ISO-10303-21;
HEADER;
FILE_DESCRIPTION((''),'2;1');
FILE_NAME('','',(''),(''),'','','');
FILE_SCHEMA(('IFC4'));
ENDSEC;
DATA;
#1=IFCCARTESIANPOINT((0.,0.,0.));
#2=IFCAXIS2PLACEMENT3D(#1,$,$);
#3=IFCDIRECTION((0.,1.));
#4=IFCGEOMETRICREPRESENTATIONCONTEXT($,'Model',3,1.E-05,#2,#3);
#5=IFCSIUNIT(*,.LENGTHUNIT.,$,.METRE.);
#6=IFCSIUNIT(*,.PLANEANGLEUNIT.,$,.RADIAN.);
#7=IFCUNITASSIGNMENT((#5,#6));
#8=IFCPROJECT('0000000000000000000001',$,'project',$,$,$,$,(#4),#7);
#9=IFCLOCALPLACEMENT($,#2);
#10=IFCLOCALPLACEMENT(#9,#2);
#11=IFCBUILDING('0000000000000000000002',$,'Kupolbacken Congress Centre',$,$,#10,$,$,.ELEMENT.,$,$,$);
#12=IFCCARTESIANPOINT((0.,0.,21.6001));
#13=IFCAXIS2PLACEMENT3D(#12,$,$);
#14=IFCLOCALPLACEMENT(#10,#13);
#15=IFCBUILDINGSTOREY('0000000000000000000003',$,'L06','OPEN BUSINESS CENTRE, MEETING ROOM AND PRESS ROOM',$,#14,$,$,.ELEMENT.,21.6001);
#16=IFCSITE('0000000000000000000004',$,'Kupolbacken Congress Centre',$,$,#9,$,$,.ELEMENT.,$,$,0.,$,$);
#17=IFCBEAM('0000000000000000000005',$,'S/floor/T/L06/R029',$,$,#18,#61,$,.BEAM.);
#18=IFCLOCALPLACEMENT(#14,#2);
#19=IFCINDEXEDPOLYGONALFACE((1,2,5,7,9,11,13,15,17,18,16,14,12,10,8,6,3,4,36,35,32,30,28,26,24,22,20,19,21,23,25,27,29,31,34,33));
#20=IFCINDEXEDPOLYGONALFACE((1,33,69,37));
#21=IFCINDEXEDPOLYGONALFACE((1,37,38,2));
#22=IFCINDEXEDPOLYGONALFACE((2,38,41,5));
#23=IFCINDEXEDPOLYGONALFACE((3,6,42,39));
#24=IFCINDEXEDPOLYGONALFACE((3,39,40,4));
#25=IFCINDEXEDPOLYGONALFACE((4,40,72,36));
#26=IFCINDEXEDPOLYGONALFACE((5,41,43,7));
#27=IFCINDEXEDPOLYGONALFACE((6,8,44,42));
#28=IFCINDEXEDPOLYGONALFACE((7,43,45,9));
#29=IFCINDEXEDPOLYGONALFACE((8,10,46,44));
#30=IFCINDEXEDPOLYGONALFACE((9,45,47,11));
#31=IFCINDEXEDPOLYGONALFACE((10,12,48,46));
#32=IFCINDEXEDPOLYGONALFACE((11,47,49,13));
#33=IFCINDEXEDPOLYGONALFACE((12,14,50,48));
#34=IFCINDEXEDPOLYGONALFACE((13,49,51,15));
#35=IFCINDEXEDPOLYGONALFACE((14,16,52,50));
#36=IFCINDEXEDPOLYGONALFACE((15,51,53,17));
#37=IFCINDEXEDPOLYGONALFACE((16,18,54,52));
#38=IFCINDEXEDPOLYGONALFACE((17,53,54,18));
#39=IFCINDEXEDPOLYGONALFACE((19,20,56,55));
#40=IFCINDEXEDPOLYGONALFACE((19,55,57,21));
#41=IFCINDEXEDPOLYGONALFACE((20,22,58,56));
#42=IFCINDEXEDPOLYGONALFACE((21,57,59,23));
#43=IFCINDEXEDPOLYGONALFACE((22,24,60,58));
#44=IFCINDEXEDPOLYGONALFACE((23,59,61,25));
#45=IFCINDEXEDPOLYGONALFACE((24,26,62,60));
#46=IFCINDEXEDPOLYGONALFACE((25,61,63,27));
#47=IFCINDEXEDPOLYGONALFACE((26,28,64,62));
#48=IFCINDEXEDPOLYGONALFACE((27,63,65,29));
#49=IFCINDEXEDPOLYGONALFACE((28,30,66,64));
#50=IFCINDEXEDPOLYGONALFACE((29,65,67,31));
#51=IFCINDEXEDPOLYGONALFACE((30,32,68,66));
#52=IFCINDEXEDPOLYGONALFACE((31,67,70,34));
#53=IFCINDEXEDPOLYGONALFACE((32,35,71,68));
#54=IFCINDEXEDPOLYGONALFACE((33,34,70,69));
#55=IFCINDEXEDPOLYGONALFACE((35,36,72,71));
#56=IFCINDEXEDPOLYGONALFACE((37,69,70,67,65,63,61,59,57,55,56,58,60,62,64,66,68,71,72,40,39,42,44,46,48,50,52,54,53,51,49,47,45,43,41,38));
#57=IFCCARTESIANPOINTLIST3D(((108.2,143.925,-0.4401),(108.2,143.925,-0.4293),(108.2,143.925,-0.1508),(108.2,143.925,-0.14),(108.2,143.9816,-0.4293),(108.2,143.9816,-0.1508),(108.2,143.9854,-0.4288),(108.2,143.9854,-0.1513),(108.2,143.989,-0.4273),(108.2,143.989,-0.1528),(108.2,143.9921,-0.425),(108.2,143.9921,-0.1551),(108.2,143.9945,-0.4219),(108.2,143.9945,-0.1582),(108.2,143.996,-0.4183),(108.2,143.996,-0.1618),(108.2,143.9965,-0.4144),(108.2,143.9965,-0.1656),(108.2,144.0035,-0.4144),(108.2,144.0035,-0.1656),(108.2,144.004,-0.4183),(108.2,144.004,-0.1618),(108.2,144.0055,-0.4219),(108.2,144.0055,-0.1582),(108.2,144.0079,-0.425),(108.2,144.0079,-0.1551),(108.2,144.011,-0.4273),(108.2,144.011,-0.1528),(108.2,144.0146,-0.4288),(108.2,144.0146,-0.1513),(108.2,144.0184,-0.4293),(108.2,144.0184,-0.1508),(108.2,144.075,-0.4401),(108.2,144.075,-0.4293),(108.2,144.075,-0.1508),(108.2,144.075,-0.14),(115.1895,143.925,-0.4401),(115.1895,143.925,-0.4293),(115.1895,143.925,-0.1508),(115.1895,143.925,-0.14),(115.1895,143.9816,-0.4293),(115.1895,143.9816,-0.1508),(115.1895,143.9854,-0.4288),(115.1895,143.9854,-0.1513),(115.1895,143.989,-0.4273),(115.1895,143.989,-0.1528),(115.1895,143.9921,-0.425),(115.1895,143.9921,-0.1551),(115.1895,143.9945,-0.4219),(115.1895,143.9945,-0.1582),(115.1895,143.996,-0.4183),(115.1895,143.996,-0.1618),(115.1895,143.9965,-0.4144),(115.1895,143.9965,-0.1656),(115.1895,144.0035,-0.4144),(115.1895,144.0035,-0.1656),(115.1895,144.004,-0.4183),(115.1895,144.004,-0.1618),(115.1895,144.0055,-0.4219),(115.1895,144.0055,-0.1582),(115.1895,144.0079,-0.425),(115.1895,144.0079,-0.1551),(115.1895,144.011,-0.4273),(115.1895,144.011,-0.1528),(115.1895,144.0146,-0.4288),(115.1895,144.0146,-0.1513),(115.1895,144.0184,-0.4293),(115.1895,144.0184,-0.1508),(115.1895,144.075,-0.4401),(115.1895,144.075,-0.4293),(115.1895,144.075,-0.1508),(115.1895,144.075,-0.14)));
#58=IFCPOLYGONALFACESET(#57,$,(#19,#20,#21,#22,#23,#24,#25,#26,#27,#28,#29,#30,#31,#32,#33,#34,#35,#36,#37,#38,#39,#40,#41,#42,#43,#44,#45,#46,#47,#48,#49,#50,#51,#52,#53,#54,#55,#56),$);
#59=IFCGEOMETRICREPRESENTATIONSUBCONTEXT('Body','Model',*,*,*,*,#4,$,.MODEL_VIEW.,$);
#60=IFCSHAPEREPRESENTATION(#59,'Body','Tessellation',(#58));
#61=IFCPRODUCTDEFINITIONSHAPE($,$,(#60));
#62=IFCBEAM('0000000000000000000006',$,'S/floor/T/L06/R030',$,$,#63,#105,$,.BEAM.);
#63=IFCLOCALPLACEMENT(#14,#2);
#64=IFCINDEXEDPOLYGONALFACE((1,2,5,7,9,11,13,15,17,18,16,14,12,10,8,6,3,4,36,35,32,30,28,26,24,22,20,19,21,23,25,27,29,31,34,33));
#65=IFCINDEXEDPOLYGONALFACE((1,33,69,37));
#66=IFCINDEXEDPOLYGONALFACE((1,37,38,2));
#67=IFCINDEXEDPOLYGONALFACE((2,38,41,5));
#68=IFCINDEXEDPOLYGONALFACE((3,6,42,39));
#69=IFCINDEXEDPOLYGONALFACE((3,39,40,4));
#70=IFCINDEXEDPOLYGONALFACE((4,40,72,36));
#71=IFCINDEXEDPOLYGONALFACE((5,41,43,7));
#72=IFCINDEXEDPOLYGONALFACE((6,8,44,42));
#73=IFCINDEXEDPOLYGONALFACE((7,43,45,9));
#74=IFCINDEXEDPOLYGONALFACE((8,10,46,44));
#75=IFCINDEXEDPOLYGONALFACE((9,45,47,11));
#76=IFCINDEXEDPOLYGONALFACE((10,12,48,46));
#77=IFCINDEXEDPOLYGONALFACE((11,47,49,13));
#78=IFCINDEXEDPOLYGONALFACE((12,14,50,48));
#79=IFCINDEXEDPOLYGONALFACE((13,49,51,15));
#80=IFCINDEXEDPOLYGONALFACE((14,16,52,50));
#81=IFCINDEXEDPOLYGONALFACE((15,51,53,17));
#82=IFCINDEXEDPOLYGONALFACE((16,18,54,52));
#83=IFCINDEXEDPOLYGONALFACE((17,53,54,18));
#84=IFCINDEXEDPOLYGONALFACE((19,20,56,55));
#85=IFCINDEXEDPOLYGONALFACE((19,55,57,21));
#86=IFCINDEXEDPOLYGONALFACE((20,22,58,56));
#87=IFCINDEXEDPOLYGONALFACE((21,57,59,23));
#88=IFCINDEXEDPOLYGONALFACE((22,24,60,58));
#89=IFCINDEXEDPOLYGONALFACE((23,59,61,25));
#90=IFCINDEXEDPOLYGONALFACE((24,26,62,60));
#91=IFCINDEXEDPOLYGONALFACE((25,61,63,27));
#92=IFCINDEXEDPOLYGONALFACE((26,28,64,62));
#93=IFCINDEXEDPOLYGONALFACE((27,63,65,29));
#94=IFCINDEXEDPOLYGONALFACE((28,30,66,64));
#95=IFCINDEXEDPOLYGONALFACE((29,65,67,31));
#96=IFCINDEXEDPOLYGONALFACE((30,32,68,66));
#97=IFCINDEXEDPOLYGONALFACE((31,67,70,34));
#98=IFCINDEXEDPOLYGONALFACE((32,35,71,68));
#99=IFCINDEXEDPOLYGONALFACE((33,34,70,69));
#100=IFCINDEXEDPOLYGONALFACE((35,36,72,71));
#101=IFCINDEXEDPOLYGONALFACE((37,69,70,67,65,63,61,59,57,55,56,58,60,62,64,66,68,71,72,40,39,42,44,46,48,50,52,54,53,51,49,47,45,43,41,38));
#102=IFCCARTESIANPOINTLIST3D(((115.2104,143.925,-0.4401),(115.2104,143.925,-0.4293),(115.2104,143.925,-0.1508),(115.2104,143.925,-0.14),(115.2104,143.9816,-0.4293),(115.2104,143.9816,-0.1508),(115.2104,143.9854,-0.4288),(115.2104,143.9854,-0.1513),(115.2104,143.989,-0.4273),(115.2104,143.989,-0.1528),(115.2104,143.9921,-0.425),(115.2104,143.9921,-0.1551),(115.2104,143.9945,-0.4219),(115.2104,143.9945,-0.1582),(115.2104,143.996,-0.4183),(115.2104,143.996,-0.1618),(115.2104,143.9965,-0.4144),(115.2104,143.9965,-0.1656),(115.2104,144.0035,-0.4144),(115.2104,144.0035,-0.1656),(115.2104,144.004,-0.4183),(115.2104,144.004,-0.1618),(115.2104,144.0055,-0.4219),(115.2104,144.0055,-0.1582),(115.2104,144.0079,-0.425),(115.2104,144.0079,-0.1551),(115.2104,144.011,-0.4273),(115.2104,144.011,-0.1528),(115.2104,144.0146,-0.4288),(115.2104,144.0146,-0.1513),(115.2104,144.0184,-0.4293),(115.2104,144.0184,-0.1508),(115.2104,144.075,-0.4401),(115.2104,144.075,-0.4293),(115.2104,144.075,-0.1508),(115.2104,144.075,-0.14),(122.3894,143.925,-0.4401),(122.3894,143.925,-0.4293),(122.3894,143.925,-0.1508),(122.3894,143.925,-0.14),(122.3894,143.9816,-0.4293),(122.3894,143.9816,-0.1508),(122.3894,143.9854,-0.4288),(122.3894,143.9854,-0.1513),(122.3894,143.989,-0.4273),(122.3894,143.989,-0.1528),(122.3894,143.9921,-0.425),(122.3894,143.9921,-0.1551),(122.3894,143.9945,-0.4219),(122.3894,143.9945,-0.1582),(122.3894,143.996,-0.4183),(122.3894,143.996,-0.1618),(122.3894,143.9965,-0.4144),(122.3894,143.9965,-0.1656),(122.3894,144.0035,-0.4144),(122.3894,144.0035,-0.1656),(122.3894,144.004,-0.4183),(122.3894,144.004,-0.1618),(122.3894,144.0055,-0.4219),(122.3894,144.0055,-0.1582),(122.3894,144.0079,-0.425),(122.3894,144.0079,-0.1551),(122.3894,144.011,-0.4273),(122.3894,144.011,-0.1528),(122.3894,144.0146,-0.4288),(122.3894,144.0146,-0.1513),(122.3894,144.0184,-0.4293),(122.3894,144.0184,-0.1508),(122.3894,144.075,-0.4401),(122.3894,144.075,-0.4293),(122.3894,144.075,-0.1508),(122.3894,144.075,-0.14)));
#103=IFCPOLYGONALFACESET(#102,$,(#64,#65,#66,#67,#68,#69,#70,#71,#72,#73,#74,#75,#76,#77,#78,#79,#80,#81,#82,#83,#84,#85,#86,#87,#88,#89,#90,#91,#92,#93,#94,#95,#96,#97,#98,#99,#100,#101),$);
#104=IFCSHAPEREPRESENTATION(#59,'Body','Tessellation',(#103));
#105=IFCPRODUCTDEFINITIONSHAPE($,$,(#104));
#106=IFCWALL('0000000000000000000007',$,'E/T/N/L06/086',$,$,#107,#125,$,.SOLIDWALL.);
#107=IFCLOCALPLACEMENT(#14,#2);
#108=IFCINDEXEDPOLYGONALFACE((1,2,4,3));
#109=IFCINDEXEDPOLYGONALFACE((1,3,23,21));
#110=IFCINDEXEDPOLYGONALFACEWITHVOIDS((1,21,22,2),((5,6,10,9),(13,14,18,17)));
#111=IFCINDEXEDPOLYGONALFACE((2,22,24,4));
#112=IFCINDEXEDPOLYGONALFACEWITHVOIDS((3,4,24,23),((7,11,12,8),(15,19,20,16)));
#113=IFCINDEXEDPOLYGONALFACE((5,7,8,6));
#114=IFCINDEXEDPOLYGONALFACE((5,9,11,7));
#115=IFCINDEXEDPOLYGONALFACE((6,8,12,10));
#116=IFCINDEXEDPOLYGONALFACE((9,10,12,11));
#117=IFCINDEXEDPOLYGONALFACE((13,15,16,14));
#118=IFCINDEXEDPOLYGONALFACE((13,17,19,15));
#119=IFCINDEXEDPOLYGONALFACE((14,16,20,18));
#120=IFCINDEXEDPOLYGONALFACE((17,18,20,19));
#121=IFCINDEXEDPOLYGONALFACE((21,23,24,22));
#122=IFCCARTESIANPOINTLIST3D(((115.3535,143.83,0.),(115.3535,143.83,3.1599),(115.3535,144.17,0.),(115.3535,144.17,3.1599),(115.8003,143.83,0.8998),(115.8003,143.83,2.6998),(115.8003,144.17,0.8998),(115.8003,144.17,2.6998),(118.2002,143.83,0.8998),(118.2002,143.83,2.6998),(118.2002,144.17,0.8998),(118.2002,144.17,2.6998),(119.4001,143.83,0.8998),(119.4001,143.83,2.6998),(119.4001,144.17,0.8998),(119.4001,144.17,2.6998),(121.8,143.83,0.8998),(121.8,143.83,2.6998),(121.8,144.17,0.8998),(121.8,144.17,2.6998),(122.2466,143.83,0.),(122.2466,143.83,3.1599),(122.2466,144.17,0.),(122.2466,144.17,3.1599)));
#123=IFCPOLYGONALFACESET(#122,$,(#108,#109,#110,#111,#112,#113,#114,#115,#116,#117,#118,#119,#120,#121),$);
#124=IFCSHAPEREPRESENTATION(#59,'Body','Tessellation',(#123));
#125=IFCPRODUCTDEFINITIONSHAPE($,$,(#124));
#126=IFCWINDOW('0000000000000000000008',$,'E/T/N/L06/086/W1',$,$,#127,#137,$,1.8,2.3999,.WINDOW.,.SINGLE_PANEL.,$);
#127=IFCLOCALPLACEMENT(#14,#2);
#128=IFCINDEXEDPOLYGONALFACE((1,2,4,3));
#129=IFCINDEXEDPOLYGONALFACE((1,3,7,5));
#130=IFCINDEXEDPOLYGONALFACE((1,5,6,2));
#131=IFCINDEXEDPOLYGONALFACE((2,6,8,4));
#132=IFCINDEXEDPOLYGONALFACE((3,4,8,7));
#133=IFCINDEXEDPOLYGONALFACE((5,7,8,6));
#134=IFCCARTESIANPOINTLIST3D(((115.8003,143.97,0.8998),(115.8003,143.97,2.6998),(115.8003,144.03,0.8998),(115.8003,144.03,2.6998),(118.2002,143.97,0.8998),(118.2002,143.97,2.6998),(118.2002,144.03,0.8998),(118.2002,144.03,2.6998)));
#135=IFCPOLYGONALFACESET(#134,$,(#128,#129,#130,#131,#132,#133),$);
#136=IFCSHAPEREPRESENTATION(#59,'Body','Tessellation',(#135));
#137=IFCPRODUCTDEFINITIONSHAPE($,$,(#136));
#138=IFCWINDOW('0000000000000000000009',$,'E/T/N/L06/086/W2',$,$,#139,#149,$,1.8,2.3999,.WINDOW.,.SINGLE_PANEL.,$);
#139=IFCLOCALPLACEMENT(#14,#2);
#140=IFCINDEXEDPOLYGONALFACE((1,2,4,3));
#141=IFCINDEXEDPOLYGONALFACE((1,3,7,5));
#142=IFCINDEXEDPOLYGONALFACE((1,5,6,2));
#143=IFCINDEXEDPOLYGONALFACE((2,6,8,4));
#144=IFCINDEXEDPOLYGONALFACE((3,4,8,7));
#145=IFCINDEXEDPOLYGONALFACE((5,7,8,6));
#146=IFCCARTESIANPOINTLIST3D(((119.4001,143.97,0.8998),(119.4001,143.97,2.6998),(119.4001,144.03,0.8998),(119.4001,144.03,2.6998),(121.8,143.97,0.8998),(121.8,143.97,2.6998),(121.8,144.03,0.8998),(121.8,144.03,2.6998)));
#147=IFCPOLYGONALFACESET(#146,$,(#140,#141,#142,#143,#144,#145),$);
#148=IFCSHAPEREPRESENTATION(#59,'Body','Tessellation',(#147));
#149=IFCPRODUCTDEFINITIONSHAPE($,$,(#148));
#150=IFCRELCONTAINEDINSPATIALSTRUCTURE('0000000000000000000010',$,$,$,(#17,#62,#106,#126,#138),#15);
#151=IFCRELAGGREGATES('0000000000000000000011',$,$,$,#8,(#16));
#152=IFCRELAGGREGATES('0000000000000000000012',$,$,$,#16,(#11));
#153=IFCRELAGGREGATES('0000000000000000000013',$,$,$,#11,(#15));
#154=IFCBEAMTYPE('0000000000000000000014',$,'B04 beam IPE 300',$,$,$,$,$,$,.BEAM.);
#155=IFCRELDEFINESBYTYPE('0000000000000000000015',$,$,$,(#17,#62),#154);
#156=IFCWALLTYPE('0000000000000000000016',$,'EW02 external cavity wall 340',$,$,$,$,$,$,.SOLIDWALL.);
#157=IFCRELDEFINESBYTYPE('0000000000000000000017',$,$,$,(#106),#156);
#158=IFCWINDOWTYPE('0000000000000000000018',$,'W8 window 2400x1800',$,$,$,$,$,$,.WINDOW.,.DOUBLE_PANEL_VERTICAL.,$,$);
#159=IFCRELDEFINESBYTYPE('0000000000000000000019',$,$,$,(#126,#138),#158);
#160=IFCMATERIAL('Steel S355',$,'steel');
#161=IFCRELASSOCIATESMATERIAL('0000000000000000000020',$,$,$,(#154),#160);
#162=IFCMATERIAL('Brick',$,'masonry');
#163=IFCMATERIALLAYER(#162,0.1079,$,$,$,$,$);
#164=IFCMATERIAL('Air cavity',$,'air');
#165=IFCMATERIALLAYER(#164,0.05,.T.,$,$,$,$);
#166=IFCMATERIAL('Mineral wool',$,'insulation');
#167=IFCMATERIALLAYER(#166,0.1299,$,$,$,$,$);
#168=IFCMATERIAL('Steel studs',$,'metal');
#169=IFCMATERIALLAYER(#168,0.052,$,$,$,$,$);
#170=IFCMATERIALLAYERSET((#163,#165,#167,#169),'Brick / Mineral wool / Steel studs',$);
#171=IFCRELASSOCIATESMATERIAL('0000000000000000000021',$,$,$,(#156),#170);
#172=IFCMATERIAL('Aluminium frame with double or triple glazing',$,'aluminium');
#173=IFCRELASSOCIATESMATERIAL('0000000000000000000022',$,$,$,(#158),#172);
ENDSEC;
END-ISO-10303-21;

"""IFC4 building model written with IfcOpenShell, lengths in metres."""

from ifc_helpers import new_model, si_unit, direction, frame, frame_2d, origin, origin_2d, place, context, subcontext, project, spatial, rectangle, i_section, extrude, material, layer, layer_set, material_profile, profile_set, type_object, element, fill, save


model = new_model("IFC4")

# Units and contexts
model_context = context("Model", 3, precision=1e-05, world=origin(), true_north=direction((0.0, 1.0)))
body_context = subcontext(model_context, "Body", "Model", "MODEL_VIEW")
ifc_project = project(units=[si_unit("LENGTHUNIT", "METRE"), si_unit("PLANEANGLEUNIT", "RADIAN")], contexts=[model_context])

# Site, building, storey
site_placement = place(None, origin())
site = spatial("IfcSite", under=ifc_project, at=site_placement, Name="Kupolbacken Congress Centre", CompositionType="ELEMENT", RefElevation=0.0)
building_placement = place(site_placement, origin())
building = spatial("IfcBuilding", under=site, at=building_placement, Name="Kupolbacken Congress Centre", CompositionType="ELEMENT")
storey_placement = place(building_placement, frame((0.0, 0.0, 21.6001)))
storey = spatial("IfcBuildingStorey", under=building, at=storey_placement, Name="L06", Description="OPEN BUSINESS CENTRE, MEETING ROOM AND PRESS ROOM", CompositionType="ELEMENT", Elevation=21.6001)

# Beams
ifc_material_1 = material(Name="Steel S355", Category="steel")
ifc_material_profile_1 = material_profile(ifc_material_1, i_section(OverallWidth=0.1499, OverallDepth=0.3, WebThickness=0.0071, FlangeThickness=0.0107, FilletRadius=0.0149, at=origin_2d()), Name="IPE 300")
ifc_profile_set_1 = profile_set([ifc_material_profile_1], Name="Steel S355")
beam_type_1 = type_object("IfcBeamType", Name="B04 beam IPE 300", PredefinedType="BEAM", material=ifc_profile_set_1)
beam_1_placement = place(storey_placement, frame((108.2, 144.0, -0.29), z_axis=(1.0, 0.0, 0.0), x_axis=(0.0, 1.0, 0.0)))
element("IfcBeam", 1, at=beam_1_placement, inside=storey, type_object=beam_type_1, Name="S/floor/T/L06/R029", PredefinedType="BEAM", context=body_context, shape_type="SweptSolid", body=[
    extrude(i_section(OverallWidth=0.1499, OverallDepth=0.3, WebThickness=0.0071, FlangeThickness=0.0107, FilletRadius=0.0149, at=origin_2d()), origin(), (0.0, 0.0, 1.0), 6.9895),
])
beam_2_placement = place(storey_placement, frame((115.2104, 144.0, -0.29), z_axis=(1.0, 0.0, 0.0), x_axis=(0.0, 1.0, 0.0)))
element("IfcBeam", 2, at=beam_2_placement, inside=storey, type_object=beam_type_1, Name="S/floor/T/L06/R030", PredefinedType="BEAM", context=body_context, shape_type="SweptSolid", body=[
    extrude(i_section(OverallWidth=0.1499, OverallDepth=0.3, WebThickness=0.0071, FlangeThickness=0.0107, FilletRadius=0.0149, at=origin_2d()), origin(), (0.0, 0.0, 1.0), 7.179),
])

# Wall, openings, windows
ifc_material_2 = material(Name="Brick", Category="masonry")
ifc_layer_1 = layer(ifc_material_2, 0.1079)
ifc_material_3 = material(Name="Air cavity", Category="air")
ifc_layer_2 = layer(ifc_material_3, 0.05, ventilated=True)
ifc_material_4 = material(Name="Mineral wool", Category="insulation")
ifc_layer_3 = layer(ifc_material_4, 0.1299)
ifc_material_5 = material(Name="Steel studs", Category="metal")
ifc_layer_4 = layer(ifc_material_5, 0.052)
ifc_layer_set_1 = layer_set([ifc_layer_1, ifc_layer_2, ifc_layer_3, ifc_layer_4], Name="Brick / Mineral wool / Steel studs")
wall_type_1 = type_object("IfcWallType", Name="EW02 external cavity wall 340", PredefinedType="SOLIDWALL", material=ifc_layer_set_1)
wall_1_placement = place(storey_placement, frame((122.2466, 144.0, 0.0), z_axis=(0.0, 0.0, 1.0), x_axis=(-1.0, 0.0, 0.0)))
wall_1 = element("IfcWall", 3, at=wall_1_placement, inside=storey, type_object=wall_type_1, Name="E/T/N/L06/086", PredefinedType="SOLIDWALL", context=body_context, shape_type="SweptSolid", body=[
    extrude(rectangle(XDim=6.8931, YDim=0.3401, at=frame_2d((3.4465, 0.0))), origin(), (0.0, 0.0, 1.0), 3.1599),
])
opening_1_placement = place(wall_1_placement, frame((4.0464, 0.0, 0.8999)))
opening_1 = element("IfcOpeningElement", 4, at=opening_1_placement, cuts=wall_1, PredefinedType="OPENING", context=body_context, shape_type="SweptSolid", body=[
    extrude(rectangle(XDim=2.3999, YDim=1.8, at=frame_2d((1.2, 0.8999))), frame((0.0, 0.1799, 0.0), z_axis=(0.0, -1.0, 0.0), x_axis=(1.0, 0.0, 0.0)), (0.0, 0.0, 1.0), 0.3601),
])
opening_2_placement = place(wall_1_placement, frame((0.4465, 0.0, 0.8999)))
opening_2 = element("IfcOpeningElement", 5, at=opening_2_placement, cuts=wall_1, PredefinedType="OPENING", context=body_context, shape_type="SweptSolid", body=[
    extrude(rectangle(XDim=2.3999, YDim=1.8, at=frame_2d((1.2, 0.8999))), frame((0.0, 0.1799, 0.0), z_axis=(0.0, -1.0, 0.0), x_axis=(1.0, 0.0, 0.0)), (0.0, 0.0, 1.0), 0.3601),
])
ifc_material_6 = material(Name="Aluminium frame with double or triple glazing", Category="aluminium")
window_type = type_object("IfcWindowType", Name="W8 window 2400x1800", PartitioningType="DOUBLE_PANEL_VERTICAL", PredefinedType="WINDOW", material=ifc_material_6)
window_1_placement = place(opening_1_placement, origin())
window_1 = element("IfcWindow", 6, at=window_1_placement, inside=storey, type_object=window_type, Name="E/T/N/L06/086/W1", OverallHeight=1.8, OverallWidth=2.3999, PartitioningType="SINGLE_PANEL", PredefinedType="WINDOW", context=body_context, shape_type="SweptSolid", body=[
    extrude(rectangle(XDim=2.3999, YDim=1.8, at=frame_2d((1.2, 0.8999))), frame((0.0, 0.03, 0.0), z_axis=(0.0, -1.0, 0.0), x_axis=(1.0, 0.0, 0.0)), (0.0, 0.0, 1.0), 0.0601),
])
fill(opening_1, window_1)
window_2_placement = place(opening_2_placement, origin())
window_2 = element("IfcWindow", 7, at=window_2_placement, inside=storey, type_object=window_type, Name="E/T/N/L06/086/W2", OverallHeight=1.8, OverallWidth=2.3999, PartitioningType="SINGLE_PANEL", PredefinedType="WINDOW", context=body_context, shape_type="SweptSolid", body=[
    extrude(rectangle(XDim=2.3999, YDim=1.8, at=frame_2d((1.2, 0.8999))), frame((0.0, 0.03, 0.0), z_axis=(0.0, -1.0, 0.0), x_axis=(1.0, 0.0, 0.0)), (0.0, 0.0, 1.0), 0.0601),
])
fill(opening_2, window_2)

save(model, "model.ifc")
